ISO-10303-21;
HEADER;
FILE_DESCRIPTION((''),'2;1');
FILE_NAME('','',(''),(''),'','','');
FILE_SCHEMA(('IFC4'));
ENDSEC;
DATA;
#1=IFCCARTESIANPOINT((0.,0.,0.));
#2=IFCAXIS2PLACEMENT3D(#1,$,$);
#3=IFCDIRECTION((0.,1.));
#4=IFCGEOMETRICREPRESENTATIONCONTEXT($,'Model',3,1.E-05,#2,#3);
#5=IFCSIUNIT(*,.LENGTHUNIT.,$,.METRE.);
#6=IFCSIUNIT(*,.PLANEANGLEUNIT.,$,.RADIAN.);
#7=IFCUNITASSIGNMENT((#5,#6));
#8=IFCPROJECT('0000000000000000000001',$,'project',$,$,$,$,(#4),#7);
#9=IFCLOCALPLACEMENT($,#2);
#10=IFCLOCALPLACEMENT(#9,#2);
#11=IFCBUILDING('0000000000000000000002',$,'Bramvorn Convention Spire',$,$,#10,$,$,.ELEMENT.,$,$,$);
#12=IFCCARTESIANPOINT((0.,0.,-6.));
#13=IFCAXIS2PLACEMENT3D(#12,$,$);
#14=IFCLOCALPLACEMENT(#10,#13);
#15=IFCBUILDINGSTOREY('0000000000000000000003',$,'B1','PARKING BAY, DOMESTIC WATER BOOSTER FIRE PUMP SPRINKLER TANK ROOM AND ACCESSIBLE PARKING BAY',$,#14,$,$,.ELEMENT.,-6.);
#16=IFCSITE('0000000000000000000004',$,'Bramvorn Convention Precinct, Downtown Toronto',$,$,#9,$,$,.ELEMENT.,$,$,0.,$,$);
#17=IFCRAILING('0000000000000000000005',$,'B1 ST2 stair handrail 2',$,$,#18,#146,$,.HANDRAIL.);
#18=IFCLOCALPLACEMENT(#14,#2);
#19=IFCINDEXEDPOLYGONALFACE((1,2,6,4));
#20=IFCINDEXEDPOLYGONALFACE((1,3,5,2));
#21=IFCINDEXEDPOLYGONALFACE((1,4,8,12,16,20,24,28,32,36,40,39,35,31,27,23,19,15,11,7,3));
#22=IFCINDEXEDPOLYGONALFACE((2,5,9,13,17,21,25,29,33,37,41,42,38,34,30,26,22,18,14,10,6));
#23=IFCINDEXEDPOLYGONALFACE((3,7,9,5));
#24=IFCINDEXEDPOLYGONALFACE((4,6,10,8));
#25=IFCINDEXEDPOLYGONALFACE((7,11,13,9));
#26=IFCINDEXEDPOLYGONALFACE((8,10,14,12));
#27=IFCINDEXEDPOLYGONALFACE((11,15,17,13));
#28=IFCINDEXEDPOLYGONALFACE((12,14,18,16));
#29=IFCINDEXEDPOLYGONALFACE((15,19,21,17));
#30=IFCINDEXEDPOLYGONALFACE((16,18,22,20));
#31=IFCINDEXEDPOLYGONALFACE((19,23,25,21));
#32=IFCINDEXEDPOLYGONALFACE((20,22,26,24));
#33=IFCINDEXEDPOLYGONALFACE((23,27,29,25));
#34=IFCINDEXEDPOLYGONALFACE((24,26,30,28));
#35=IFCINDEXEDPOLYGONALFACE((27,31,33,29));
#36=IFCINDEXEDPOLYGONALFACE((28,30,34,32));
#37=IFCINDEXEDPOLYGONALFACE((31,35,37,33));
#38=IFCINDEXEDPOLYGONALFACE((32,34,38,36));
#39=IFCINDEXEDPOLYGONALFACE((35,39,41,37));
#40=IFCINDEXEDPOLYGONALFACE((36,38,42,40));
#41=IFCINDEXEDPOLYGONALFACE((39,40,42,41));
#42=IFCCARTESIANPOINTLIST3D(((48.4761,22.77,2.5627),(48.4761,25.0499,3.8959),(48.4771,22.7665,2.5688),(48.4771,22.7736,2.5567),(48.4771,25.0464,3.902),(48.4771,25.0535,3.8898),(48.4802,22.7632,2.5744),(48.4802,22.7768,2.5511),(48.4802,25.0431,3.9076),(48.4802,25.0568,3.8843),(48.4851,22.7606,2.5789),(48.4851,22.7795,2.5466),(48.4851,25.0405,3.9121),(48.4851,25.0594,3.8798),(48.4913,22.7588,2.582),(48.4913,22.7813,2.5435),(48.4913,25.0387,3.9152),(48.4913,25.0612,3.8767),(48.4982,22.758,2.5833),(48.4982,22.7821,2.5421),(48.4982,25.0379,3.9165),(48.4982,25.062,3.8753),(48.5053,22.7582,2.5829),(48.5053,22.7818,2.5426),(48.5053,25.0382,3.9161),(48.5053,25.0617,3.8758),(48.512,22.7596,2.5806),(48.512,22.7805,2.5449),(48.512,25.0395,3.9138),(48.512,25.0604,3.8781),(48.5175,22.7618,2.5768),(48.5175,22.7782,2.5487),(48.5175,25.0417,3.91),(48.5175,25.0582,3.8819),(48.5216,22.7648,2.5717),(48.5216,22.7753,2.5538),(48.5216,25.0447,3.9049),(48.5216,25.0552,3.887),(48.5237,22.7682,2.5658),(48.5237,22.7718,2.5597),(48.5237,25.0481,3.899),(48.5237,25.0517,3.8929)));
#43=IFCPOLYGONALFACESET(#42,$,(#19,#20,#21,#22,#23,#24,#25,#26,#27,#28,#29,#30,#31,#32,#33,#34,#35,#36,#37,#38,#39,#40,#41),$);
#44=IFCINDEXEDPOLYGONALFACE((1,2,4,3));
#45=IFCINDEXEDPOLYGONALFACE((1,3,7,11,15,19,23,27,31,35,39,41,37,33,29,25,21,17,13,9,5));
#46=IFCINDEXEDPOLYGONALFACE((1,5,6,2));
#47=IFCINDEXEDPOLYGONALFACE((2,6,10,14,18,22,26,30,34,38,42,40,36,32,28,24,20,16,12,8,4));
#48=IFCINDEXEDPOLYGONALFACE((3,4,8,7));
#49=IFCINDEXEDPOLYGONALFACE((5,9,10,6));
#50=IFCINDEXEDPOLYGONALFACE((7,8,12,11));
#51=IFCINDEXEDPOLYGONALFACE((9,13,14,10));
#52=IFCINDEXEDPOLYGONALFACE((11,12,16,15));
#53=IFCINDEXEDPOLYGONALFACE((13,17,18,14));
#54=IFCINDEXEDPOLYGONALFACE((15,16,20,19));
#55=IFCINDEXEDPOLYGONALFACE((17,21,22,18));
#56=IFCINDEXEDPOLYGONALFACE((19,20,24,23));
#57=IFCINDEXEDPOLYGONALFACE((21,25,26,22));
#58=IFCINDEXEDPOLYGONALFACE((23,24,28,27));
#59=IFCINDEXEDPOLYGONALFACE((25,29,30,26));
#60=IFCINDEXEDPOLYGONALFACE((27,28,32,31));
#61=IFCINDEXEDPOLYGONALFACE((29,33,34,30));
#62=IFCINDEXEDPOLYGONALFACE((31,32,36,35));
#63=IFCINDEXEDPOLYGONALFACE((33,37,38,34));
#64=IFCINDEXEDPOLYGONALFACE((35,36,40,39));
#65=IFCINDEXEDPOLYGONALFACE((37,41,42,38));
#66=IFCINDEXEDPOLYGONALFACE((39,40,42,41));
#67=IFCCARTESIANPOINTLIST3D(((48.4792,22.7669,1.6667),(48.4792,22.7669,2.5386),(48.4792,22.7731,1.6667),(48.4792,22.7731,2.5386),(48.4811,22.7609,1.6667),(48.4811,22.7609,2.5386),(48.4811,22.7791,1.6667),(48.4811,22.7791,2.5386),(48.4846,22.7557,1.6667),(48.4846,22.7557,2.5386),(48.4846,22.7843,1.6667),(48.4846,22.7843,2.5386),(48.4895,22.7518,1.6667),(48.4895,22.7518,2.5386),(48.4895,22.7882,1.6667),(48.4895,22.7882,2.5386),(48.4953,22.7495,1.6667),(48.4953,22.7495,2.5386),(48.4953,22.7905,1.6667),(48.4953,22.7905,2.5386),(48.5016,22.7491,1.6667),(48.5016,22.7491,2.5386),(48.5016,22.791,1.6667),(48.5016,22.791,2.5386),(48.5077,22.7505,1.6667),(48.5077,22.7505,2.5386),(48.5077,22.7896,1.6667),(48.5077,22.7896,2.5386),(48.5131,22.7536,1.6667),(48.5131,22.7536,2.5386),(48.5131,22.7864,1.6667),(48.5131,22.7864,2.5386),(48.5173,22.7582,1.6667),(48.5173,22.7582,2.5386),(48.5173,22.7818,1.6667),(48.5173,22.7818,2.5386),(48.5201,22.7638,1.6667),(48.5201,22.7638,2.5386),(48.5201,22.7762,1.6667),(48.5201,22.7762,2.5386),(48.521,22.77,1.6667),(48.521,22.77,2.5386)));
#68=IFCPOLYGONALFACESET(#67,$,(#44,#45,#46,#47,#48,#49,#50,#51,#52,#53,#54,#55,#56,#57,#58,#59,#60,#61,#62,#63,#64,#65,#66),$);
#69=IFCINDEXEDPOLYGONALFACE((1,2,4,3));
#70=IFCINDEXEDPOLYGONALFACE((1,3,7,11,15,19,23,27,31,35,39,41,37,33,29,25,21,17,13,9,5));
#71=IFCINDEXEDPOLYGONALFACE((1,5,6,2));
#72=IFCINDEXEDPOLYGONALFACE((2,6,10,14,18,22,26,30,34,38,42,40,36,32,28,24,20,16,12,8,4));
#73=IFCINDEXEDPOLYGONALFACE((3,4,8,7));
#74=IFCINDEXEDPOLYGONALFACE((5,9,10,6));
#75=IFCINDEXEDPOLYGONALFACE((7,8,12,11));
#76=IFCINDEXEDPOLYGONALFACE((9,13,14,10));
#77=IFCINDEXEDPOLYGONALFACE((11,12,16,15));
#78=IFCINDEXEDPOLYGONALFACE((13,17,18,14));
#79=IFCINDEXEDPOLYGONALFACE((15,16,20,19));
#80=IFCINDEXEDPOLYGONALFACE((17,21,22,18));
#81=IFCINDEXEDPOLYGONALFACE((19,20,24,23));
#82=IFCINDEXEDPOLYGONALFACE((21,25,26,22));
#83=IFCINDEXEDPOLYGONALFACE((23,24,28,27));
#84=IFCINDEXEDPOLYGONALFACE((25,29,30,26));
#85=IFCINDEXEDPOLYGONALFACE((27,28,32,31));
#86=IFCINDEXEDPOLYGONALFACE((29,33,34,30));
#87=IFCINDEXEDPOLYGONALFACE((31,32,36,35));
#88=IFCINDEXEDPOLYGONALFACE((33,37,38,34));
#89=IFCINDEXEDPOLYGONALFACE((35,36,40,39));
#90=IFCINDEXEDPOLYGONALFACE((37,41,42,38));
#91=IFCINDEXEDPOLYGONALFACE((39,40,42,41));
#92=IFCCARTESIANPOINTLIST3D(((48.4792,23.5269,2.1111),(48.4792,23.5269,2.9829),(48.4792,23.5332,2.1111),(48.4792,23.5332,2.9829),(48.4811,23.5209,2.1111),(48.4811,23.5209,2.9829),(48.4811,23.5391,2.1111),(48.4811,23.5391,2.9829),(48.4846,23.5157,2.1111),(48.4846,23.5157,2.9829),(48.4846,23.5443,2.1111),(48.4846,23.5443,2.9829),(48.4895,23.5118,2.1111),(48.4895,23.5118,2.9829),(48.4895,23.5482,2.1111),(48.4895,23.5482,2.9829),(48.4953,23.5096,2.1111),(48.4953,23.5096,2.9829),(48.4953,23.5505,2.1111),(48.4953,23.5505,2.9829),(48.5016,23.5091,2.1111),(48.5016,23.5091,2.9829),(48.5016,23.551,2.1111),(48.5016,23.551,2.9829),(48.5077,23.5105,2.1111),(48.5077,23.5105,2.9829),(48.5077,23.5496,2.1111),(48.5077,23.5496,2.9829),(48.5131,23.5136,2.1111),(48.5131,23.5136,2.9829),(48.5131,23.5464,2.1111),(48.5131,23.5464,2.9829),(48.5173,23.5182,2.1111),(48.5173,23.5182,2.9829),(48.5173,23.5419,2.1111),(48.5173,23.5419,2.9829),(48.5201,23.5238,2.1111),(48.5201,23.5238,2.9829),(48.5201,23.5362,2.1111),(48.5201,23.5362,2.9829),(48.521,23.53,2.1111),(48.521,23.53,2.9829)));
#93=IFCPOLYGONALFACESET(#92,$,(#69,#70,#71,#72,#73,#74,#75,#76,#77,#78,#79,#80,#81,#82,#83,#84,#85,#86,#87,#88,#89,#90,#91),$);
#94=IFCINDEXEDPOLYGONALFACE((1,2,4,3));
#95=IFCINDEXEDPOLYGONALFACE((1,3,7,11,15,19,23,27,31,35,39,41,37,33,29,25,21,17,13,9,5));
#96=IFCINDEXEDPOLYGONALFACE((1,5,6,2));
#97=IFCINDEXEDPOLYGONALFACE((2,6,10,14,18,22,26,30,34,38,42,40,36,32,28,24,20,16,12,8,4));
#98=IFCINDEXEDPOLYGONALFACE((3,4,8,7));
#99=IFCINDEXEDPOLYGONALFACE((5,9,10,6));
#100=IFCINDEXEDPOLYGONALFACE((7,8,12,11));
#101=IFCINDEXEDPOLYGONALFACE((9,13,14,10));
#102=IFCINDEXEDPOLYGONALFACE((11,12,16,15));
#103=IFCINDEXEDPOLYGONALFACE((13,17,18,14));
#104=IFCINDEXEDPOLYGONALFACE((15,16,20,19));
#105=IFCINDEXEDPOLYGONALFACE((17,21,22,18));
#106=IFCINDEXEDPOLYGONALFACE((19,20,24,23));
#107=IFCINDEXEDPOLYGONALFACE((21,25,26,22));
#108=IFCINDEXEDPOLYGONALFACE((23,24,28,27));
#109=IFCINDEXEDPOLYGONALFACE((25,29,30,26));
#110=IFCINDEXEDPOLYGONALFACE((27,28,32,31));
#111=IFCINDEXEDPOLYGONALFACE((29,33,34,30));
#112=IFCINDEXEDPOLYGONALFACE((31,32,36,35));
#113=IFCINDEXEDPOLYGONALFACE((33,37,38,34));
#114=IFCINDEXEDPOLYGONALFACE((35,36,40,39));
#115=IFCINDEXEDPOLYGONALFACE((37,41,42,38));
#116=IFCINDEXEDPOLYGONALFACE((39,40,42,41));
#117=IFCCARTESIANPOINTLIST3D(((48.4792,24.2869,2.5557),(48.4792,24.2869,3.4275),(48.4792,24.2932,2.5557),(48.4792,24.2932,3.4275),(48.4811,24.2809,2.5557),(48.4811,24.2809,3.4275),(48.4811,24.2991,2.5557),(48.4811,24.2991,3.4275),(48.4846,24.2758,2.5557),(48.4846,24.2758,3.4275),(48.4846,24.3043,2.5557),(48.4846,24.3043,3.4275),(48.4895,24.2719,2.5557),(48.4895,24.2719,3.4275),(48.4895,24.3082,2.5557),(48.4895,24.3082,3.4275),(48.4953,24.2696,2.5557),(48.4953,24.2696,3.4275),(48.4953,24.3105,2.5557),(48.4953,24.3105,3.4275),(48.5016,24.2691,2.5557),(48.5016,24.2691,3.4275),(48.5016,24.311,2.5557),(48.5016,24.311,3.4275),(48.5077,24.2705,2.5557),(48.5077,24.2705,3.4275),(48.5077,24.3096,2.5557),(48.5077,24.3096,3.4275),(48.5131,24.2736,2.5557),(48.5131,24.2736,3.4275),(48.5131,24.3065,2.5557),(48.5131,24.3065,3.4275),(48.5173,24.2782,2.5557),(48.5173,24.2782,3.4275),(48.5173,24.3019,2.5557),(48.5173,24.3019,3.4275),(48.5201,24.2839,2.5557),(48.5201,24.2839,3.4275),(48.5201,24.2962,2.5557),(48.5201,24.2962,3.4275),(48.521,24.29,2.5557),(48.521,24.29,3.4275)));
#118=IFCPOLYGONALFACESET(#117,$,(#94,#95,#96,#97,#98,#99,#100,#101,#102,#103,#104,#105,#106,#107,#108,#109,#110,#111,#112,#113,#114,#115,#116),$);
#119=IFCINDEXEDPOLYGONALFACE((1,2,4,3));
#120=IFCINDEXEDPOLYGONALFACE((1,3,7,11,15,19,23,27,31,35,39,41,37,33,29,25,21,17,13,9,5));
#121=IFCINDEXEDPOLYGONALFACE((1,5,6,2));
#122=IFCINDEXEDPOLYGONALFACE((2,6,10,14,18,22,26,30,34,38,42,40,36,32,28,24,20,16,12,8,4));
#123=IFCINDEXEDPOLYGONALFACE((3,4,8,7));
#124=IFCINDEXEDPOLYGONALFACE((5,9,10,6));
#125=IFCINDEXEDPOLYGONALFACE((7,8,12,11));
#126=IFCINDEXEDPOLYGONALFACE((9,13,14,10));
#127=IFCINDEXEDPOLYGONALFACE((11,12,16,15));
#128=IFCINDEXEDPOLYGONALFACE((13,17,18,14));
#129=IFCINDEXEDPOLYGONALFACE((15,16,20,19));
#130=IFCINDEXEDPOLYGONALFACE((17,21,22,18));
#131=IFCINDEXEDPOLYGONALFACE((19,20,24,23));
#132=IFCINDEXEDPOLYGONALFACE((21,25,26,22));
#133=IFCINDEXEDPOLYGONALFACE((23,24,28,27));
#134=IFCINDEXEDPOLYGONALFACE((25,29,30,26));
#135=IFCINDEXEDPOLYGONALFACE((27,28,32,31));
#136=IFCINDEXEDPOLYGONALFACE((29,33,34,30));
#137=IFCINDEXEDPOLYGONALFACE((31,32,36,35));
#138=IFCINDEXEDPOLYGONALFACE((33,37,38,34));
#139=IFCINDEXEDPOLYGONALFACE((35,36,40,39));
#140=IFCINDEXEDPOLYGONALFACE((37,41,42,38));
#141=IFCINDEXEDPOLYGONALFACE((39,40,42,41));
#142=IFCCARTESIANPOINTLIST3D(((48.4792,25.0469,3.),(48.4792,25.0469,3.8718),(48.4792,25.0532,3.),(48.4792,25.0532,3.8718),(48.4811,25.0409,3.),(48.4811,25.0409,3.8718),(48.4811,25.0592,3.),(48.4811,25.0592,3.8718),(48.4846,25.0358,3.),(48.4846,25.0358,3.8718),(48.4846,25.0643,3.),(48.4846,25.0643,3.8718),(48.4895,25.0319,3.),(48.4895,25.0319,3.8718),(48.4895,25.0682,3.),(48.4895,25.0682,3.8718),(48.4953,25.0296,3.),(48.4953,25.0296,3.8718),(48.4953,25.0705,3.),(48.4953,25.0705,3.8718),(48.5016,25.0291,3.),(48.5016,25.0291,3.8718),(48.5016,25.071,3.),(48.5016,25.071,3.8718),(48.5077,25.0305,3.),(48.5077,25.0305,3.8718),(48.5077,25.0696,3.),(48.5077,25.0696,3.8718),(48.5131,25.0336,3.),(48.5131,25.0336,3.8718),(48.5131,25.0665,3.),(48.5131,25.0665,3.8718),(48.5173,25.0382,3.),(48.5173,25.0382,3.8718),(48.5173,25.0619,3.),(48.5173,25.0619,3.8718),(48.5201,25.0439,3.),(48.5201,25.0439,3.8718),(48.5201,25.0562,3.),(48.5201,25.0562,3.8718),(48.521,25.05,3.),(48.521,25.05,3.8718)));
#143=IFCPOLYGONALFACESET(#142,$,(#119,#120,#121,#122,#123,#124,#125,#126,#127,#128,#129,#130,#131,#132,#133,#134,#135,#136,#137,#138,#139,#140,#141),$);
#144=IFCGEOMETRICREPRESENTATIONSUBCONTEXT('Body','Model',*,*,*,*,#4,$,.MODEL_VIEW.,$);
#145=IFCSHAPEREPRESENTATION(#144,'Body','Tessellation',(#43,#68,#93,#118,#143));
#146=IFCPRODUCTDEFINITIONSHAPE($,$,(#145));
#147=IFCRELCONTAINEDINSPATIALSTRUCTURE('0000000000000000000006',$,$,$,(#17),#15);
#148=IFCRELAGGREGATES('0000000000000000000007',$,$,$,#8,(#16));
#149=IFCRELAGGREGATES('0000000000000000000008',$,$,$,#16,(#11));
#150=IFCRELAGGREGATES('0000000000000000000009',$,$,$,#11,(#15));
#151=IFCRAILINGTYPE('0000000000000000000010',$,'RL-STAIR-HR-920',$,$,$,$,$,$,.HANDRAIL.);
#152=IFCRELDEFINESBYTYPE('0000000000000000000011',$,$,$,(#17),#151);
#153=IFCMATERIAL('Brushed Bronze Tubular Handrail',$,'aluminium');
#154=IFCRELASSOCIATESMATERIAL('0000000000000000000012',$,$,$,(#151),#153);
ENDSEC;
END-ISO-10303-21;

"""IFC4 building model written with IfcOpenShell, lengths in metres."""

from ifc_helpers import new_model, si_unit, direction, frame, origin, origin_2d, place, context, subcontext, project, spatial, circle, extrude, material, type_object, element, save


model = new_model("IFC4")

# Units and contexts
model_context = context("Model", 3, precision=1e-05, world=origin(), true_north=direction((0.0, 1.0)))
body_context = subcontext(model_context, "Body", "Model", "MODEL_VIEW")
ifc_project = project(units=[si_unit("LENGTHUNIT", "METRE"), si_unit("PLANEANGLEUNIT", "RADIAN")], contexts=[model_context])

# Site, building, storey
site_placement = place(None, origin())
site = spatial("IfcSite", under=ifc_project, at=site_placement, Name="Bramvorn Convention Precinct, Downtown Toronto", CompositionType="ELEMENT", RefElevation=0.0)
building_placement = place(site_placement, origin())
building = spatial("IfcBuilding", under=site, at=building_placement, Name="Bramvorn Convention Spire", CompositionType="ELEMENT")
storey_placement = place(building_placement, frame((0.0, 0.0, -6.0)))
storey = spatial("IfcBuildingStorey", under=building, at=storey_placement, Name="B1", Description="PARKING BAY, DOMESTIC WATER BOOSTER FIRE PUMP SPRINKLER TANK ROOM AND ACCESSIBLE PARKING BAY", CompositionType="ELEMENT", Elevation=-6.0)

# Railing
ifc_material_1 = material(Name="Brushed Bronze Tubular Handrail", Category="aluminium")
railing_type_1 = type_object("IfcRailingType", Name="RL-STAIR-HR-920", PredefinedType="HANDRAIL", material=ifc_material_1)
for number, where, name in (
    (1, (48.5, 22.77, 1.6667), "B1 ST2 stair handrail 2"),
):
    element("IfcRailing", number, at=place(storey_placement, frame(where)), inside=storey, type_object=railing_type_1, Name=name, PredefinedType="HANDRAIL", context=body_context, shape_type="SweptSolid", body=[
        extrude(circle(Radius=0.0239, at=origin_2d()), frame((0.0, 0.0, 0.896), z_axis=(0.0, 0.863245, 0.504785), x_axis=(-1.0, 0.0, 0.0)), (0.0, 0.0, 1.0), 2.6411),
        extrude(circle(Radius=0.021, at=origin_2d()), origin(), (0.0, 0.0, 1.0), 0.8718),
        extrude(circle(Radius=0.021, at=origin_2d()), frame((0.0, 0.76, 0.4443)), (0.0, 0.0, 1.0), 0.8718),
        extrude(circle(Radius=0.021, at=origin_2d()), frame((0.0, 1.52, 0.8889)), (0.0, 0.0, 1.0), 0.8718),
        extrude(circle(Radius=0.021, at=origin_2d()), frame((0.0, 2.28, 1.3333)), (0.0, 0.0, 1.0), 0.8718),
    ])

save(model, "model.ifc")
